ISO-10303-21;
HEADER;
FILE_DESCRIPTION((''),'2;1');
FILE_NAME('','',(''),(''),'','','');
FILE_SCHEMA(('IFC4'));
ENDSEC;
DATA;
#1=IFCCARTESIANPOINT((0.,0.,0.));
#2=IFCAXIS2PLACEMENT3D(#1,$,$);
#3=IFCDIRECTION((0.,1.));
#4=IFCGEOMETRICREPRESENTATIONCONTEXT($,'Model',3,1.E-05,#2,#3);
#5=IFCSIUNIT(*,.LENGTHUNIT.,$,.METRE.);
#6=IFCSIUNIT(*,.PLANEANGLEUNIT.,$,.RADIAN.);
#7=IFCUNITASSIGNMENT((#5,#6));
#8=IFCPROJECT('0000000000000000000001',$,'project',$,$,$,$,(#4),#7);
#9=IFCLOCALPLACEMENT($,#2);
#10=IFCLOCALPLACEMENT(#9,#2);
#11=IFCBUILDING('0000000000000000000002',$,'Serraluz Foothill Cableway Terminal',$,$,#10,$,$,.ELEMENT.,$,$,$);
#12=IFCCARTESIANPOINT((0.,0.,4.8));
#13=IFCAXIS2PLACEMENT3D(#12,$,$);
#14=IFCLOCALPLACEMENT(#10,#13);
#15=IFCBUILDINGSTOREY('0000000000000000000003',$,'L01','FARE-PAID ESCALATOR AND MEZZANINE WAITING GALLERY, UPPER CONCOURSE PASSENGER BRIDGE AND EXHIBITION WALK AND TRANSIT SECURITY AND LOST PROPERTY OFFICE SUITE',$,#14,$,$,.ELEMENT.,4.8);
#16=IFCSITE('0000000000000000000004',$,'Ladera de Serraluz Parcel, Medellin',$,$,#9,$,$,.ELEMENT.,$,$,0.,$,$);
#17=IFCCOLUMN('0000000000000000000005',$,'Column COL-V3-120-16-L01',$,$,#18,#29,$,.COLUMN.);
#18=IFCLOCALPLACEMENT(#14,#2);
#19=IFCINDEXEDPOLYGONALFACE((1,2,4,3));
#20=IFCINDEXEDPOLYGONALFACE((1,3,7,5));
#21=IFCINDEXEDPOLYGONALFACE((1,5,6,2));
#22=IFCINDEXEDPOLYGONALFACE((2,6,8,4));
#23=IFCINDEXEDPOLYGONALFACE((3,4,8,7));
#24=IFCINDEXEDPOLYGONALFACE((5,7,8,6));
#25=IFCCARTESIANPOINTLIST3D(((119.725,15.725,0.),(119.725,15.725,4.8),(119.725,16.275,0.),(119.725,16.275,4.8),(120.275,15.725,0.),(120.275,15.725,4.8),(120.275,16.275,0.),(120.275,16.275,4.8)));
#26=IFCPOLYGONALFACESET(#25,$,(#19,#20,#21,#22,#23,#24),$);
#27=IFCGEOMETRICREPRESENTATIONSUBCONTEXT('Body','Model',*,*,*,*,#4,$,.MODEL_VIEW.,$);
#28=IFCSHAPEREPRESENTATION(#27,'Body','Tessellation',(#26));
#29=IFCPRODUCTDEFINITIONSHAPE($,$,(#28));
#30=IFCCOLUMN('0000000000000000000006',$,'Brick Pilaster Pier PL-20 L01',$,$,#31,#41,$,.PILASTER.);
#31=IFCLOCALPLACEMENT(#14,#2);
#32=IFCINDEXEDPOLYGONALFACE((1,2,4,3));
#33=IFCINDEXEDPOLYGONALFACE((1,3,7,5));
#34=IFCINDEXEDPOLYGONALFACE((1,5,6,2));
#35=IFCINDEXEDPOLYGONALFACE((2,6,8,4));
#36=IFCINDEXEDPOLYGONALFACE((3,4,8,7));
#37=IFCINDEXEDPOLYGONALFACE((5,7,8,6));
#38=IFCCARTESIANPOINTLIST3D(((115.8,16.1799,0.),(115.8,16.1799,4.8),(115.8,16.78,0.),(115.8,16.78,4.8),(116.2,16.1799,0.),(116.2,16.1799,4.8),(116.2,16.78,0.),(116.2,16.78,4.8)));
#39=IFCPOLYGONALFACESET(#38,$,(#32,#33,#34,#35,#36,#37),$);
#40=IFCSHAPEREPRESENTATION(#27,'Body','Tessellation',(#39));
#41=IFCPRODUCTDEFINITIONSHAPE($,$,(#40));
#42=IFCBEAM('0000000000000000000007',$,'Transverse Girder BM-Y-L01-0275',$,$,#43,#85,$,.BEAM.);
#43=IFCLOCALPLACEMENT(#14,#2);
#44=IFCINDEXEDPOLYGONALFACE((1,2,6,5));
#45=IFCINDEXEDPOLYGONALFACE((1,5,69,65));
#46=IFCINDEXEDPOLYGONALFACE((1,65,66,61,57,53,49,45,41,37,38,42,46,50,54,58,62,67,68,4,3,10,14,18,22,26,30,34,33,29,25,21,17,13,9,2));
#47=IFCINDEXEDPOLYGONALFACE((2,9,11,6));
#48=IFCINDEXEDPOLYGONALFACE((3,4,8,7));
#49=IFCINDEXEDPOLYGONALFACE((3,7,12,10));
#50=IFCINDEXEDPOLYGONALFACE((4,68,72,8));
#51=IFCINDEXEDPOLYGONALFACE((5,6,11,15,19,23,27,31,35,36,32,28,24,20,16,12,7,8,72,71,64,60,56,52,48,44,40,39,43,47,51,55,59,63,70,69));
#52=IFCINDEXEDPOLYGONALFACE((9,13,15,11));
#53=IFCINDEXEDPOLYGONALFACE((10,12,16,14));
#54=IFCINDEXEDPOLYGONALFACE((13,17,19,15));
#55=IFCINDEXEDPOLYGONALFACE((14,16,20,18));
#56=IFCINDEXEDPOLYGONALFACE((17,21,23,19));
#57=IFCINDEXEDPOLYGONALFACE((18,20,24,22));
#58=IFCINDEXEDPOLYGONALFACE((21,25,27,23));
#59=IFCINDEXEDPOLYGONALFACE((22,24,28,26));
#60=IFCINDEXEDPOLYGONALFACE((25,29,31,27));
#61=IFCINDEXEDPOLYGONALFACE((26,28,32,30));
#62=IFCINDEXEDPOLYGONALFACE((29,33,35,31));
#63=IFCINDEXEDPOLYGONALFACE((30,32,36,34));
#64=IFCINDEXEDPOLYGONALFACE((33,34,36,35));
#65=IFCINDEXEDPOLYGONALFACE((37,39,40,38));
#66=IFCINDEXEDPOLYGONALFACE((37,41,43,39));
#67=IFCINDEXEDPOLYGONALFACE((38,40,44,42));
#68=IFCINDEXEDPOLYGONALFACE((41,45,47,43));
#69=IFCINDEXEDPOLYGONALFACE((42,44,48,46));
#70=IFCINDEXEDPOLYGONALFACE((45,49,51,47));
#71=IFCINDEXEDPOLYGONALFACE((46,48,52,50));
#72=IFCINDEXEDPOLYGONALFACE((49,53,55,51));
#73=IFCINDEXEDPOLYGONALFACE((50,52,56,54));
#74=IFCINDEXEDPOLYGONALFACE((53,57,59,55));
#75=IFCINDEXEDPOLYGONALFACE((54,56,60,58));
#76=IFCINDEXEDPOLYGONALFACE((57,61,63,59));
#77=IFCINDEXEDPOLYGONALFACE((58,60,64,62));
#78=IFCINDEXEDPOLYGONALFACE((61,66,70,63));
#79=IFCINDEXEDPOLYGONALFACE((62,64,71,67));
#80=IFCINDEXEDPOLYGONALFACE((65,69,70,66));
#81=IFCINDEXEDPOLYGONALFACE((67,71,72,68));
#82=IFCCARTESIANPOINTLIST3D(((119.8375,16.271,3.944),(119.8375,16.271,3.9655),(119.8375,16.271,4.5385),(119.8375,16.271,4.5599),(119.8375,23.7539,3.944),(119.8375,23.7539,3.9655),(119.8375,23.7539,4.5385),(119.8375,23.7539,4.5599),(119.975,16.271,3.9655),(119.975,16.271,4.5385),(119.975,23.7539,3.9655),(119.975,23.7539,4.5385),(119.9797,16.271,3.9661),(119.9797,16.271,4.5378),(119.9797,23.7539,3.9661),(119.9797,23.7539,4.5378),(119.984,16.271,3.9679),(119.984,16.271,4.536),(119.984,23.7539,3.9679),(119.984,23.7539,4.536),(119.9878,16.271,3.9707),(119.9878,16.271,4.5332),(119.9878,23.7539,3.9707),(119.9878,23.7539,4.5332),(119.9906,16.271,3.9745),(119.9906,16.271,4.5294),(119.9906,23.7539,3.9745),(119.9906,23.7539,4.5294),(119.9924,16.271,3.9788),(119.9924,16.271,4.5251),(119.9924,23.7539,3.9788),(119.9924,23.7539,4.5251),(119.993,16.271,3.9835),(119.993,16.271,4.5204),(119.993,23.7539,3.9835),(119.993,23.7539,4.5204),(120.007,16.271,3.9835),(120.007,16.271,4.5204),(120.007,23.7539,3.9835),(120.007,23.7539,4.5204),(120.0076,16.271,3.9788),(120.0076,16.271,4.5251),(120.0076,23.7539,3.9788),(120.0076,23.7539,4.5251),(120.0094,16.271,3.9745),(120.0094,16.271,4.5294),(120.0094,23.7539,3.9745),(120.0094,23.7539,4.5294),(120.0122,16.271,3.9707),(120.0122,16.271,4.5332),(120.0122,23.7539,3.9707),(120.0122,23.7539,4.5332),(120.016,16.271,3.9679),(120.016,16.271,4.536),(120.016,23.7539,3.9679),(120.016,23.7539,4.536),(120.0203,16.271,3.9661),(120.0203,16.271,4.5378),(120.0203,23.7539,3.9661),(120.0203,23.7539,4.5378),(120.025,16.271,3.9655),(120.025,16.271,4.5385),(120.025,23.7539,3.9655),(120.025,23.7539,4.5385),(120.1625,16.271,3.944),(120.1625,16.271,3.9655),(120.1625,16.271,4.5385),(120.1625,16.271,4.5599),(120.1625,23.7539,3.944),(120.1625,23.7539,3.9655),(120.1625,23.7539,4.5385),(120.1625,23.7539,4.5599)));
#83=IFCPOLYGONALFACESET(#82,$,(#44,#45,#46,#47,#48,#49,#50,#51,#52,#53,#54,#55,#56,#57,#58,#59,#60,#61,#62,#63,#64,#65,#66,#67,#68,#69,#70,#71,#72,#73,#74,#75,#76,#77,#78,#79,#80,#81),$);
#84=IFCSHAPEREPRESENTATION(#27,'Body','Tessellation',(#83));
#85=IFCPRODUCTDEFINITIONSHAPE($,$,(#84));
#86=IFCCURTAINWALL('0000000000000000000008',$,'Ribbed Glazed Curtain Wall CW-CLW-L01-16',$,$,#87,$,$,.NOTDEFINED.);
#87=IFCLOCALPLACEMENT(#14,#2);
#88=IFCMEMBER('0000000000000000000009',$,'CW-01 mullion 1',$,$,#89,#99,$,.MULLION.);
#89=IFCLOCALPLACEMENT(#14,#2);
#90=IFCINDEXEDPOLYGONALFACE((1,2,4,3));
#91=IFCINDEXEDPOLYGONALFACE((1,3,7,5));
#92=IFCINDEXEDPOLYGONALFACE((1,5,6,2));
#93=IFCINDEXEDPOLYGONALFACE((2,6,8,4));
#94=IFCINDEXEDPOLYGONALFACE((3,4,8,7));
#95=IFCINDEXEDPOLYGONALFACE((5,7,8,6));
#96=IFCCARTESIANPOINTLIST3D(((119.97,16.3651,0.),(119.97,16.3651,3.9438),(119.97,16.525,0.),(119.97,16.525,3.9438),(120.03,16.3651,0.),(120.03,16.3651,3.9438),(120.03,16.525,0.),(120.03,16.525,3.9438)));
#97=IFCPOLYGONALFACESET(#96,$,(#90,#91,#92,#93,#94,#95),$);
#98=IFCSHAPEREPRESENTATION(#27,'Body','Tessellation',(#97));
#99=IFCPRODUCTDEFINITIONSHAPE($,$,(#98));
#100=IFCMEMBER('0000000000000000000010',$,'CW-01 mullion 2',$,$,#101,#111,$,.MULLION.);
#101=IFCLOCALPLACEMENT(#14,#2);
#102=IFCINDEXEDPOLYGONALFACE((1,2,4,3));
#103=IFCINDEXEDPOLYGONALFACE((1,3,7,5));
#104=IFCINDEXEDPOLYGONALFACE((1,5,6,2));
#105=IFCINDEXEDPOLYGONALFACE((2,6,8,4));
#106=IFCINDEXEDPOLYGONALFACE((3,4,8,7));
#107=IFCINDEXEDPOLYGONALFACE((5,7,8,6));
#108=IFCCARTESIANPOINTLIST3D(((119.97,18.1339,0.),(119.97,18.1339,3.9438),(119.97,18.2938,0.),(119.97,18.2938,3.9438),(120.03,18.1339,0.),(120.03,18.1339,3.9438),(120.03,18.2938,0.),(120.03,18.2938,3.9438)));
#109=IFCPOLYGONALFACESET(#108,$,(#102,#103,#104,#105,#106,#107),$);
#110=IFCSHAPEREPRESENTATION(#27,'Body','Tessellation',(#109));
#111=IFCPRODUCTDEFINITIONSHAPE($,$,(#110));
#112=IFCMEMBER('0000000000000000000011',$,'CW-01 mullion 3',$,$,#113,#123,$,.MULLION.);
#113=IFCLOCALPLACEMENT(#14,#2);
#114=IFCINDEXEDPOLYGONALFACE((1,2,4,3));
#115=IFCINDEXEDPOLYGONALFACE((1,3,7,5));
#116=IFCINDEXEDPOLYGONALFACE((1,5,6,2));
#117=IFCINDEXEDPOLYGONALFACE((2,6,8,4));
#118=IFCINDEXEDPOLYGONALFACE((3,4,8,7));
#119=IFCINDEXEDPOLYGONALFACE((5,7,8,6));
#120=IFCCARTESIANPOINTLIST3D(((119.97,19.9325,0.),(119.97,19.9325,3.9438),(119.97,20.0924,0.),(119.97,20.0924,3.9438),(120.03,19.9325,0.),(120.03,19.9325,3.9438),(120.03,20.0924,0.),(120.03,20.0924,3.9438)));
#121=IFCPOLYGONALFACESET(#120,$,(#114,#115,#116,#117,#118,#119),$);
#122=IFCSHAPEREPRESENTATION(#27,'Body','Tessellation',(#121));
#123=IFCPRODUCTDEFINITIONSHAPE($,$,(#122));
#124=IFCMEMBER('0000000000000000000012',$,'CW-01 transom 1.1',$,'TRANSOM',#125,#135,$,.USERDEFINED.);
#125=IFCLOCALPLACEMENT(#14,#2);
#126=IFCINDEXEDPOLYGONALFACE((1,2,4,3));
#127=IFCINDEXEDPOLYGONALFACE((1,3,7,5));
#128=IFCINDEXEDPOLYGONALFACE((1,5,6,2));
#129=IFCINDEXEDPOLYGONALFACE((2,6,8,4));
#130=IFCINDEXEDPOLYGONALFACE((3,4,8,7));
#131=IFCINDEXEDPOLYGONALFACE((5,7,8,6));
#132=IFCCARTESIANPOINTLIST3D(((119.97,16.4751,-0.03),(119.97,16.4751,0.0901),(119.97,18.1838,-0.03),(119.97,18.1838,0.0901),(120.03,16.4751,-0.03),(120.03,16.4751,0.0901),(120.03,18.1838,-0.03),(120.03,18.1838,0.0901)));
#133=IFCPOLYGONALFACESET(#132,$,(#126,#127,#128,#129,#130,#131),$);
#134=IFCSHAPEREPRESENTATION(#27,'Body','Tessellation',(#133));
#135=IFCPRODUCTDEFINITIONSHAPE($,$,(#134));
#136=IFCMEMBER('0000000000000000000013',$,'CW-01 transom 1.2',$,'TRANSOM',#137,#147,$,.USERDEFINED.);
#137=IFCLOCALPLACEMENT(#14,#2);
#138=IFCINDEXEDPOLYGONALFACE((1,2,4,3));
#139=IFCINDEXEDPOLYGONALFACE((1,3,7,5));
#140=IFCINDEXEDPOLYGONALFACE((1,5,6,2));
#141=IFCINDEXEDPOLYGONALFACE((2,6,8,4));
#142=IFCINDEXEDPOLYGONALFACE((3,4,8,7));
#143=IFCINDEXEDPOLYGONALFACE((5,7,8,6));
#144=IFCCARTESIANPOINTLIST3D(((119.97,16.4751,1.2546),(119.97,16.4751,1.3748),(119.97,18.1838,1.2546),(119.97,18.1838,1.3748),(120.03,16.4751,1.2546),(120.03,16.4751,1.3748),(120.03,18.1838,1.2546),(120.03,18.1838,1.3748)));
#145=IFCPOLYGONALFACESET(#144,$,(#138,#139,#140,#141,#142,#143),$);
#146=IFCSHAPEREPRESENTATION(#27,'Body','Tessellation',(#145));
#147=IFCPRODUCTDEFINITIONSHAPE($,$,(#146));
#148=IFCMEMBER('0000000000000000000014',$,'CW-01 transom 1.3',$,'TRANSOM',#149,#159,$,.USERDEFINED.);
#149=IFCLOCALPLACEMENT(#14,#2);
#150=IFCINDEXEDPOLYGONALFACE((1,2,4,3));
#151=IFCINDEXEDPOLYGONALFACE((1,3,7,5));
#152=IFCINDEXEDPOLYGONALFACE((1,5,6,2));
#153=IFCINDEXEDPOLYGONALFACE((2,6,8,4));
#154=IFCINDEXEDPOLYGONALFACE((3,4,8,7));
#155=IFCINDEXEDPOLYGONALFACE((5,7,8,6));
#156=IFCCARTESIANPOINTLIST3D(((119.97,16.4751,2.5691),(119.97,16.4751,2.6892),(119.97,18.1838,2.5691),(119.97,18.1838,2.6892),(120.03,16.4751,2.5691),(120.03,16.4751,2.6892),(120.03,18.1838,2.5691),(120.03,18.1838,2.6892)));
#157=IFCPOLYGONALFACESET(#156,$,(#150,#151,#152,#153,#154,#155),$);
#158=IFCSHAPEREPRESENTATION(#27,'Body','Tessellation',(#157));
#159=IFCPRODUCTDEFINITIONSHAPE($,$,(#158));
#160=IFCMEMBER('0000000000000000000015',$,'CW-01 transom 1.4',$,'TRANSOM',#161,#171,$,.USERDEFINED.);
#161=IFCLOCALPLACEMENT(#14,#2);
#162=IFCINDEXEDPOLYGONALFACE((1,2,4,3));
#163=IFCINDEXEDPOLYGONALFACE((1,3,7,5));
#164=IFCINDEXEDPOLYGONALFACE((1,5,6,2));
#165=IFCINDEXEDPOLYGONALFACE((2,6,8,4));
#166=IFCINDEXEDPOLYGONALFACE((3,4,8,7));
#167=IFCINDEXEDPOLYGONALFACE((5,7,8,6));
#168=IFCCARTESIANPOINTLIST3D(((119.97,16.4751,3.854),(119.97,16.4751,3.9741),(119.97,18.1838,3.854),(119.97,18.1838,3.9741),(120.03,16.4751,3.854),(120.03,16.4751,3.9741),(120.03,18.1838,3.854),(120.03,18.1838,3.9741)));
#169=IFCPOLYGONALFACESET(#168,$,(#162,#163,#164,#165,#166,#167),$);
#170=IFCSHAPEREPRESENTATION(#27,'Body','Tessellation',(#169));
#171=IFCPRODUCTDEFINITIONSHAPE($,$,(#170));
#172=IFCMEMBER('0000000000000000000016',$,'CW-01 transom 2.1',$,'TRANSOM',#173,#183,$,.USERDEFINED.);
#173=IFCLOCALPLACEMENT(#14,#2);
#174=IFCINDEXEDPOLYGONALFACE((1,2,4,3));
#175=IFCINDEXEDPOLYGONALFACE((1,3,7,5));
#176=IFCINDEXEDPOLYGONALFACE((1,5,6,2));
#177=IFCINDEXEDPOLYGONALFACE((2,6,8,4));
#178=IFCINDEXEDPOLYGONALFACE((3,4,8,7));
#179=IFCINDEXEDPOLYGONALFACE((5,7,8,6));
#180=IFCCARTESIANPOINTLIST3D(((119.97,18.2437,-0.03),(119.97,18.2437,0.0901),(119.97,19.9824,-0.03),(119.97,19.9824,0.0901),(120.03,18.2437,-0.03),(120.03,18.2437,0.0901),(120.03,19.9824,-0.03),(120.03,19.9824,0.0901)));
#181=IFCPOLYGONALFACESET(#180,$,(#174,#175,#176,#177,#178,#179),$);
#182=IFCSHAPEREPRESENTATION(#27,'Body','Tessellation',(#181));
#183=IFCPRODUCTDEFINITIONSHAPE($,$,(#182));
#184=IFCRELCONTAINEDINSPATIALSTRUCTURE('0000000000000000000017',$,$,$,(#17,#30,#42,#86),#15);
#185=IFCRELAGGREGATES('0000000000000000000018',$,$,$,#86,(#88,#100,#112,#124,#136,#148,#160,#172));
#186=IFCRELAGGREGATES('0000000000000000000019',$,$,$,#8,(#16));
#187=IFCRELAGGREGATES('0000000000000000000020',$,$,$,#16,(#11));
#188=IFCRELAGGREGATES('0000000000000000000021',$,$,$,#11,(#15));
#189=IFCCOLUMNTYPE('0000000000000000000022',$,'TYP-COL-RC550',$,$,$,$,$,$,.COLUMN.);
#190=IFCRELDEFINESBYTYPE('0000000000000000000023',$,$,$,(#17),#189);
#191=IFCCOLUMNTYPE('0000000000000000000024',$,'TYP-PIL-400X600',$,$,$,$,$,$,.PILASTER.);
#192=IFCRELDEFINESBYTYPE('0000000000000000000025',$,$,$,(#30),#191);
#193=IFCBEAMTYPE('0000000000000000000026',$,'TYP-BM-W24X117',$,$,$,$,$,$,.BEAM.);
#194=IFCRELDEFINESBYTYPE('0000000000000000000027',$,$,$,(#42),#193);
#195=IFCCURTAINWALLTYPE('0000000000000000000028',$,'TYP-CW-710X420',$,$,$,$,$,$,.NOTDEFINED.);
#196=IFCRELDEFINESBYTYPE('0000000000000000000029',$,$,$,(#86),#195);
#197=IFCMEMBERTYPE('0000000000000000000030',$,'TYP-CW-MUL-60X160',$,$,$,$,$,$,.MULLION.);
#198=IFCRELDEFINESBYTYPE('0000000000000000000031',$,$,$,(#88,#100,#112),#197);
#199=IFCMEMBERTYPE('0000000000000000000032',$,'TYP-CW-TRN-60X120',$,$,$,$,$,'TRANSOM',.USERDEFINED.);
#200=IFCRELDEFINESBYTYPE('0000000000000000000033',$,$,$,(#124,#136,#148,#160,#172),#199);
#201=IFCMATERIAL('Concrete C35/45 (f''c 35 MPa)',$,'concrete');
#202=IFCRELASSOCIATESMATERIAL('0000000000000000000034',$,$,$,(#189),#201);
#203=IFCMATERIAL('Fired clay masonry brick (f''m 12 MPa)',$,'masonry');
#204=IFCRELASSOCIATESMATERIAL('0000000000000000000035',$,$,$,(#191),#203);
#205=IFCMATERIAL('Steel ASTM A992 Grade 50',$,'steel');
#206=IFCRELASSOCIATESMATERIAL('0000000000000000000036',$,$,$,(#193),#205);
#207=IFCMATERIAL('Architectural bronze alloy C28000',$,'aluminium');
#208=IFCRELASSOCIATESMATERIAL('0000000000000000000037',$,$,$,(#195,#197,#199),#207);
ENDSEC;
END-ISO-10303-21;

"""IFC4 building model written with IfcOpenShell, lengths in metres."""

from ifc_helpers import new_model, si_unit, direction, frame, origin, origin_2d, place, context, subcontext, project, spatial, rectangle, i_section, extrude, material, material_profile, profile_set, type_object, element, aggregate, save


model = new_model("IFC4")

# Units and contexts
model_context = context("Model", 3, precision=1e-05, world=origin(), true_north=direction((0.0, 1.0)))
body_context = subcontext(model_context, "Body", "Model", "MODEL_VIEW")
ifc_project = project(units=[si_unit("LENGTHUNIT", "METRE"), si_unit("PLANEANGLEUNIT", "RADIAN")], contexts=[model_context])

# Site, building, storey
site_placement = place(None, origin())
site = spatial("IfcSite", under=ifc_project, at=site_placement, Name="Ladera de Serraluz Parcel, Medellin", CompositionType="ELEMENT", RefElevation=0.0)
building_placement = place(site_placement, origin())
building = spatial("IfcBuilding", under=site, at=building_placement, Name="Serraluz Foothill Cableway Terminal", CompositionType="ELEMENT")
storey_placement = place(building_placement, frame((0.0, 0.0, 4.8)))
storey = spatial("IfcBuildingStorey", under=building, at=storey_placement, Name="L01", Description="FARE-PAID ESCALATOR AND MEZZANINE WAITING GALLERY, UPPER CONCOURSE PASSENGER BRIDGE AND EXHIBITION WALK AND TRANSIT SECURITY AND LOST PROPERTY OFFICE SUITE", CompositionType="ELEMENT", Elevation=4.8)

# Columns
ifc_material_1 = material(Name="Concrete C35/45 (f'c 35 MPa)", Category="concrete")
ifc_material_profile_1 = material_profile(ifc_material_1, rectangle(XDim=0.55, YDim=0.55, at=origin_2d()), Name="RC 550x550")
ifc_profile_set_1 = profile_set([ifc_material_profile_1], Name="Concrete C35/45 (f'c 35 MPa)")
column_type_1 = type_object("IfcColumnType", Name="TYP-COL-RC550", PredefinedType="COLUMN", material=ifc_profile_set_1)
column_1_placement = place(storey_placement, frame((120.0, 16.0, 0.0), z_axis=(0.0, 0.0, 1.0), x_axis=(1.0, 0.0, 0.0)))
element("IfcColumn", 1, at=column_1_placement, inside=storey, type_object=column_type_1, Name="Column COL-V3-120-16-L01", PredefinedType="COLUMN", context=body_context, shape_type="SweptSolid", body=[
    extrude(rectangle(XDim=0.55, YDim=0.55, at=origin_2d()), origin(), (0.0, 0.0, 1.0), 4.8),
])
ifc_material_2 = material(Name="Fired clay masonry brick (f'm 12 MPa)", Category="masonry")
ifc_material_profile_2 = material_profile(ifc_material_2, rectangle(XDim=0.3999, YDim=0.6001, at=origin_2d()), Name="PIL 400x600")
ifc_profile_set_2 = profile_set([ifc_material_profile_2], Name="Fired clay masonry brick (f'm 12 MPa)")
column_type_2 = type_object("IfcColumnType", Name="TYP-PIL-400X600", PredefinedType="PILASTER", material=ifc_profile_set_2)
column_2_placement = place(storey_placement, frame((116.0, 16.48, 0.0), z_axis=(0.0, 0.0, 1.0), x_axis=(1.0, 0.0, 0.0)))
element("IfcColumn", 2, at=column_2_placement, inside=storey, type_object=column_type_2, Name="Brick Pilaster Pier PL-20 L01", PredefinedType="PILASTER", context=body_context, shape_type="SweptSolid", body=[
    extrude(rectangle(XDim=0.3999, YDim=0.6001, at=origin_2d()), origin(), (0.0, 0.0, 1.0), 4.8),
])

# Beam
ifc_material_3 = material(Name="Steel ASTM A992 Grade 50", Category="steel")
ifc_material_profile_3 = material_profile(ifc_material_3, i_section(OverallWidth=0.325, OverallDepth=0.616, WebThickness=0.0139, FlangeThickness=0.0215, FilletRadius=0.0181, at=origin_2d()), Name="W24X117")
ifc_profile_set_3 = profile_set([ifc_material_profile_3], Name="Steel ASTM A992 Grade 50")
beam_type = type_object("IfcBeamType", Name="TYP-BM-W24X117", PredefinedType="BEAM", material=ifc_profile_set_3)
beam_placement = place(storey_placement, frame((120.0, 16.271, 4.252), z_axis=(0.0, 1.0, 0.0), x_axis=(-1.0, 0.0, 0.0)))
element("IfcBeam", 3, at=beam_placement, inside=storey, type_object=beam_type, Name="Transverse Girder BM-Y-L01-0275", PredefinedType="BEAM", context=body_context, shape_type="SweptSolid", body=[
    extrude(i_section(OverallWidth=0.325, OverallDepth=0.616, WebThickness=0.0139, FlangeThickness=0.0215, FilletRadius=0.0181, at=origin_2d()), origin(), (0.0, 0.0, 1.0), 7.4829),
])

# Curtain wall, members
ifc_material_4 = material(Name="Architectural bronze alloy C28000", Category="aluminium")
curtain_wall_type = type_object("IfcCurtainWallType", Name="TYP-CW-710X420", PredefinedType="NOTDEFINED", material=ifc_material_4)
curtain_wall_placement = place(storey_placement, origin())
curtain_wall = element("IfcCurtainWall", 4, at=curtain_wall_placement, inside=storey, type_object=curtain_wall_type, Name="Ribbed Glazed Curtain Wall CW-CLW-L01-16", PredefinedType="NOTDEFINED")
ifc_material_profile_4 = material_profile(ifc_material_4, rectangle(XDim=0.0601, YDim=0.1599, at=origin_2d()), Name="ALU MULLION 60x160")
ifc_profile_set_4 = profile_set([ifc_material_profile_4], Name="Architectural bronze alloy C28000")
member_type_1 = type_object("IfcMemberType", Name="TYP-CW-MUL-60X160", PredefinedType="MULLION", material=ifc_profile_set_4)
member_1_placement = place(storey_placement, frame((120.0, 16.4451, 0.0), z_axis=(0.0, 0.0, 1.0), x_axis=(-1.0, 0.0, 0.0)))
member_1 = element("IfcMember", 5, at=member_1_placement, type_object=member_type_1, Name="CW-01 mullion 1", PredefinedType="MULLION", context=body_context, shape_type="SweptSolid", body=[
    extrude(rectangle(XDim=0.0601, YDim=0.1599, at=origin_2d()), origin(), (0.0, 0.0, 1.0), 3.9438),
])
member_2_placement = place(storey_placement, frame((120.0, 18.2139, 0.0), z_axis=(0.0, 0.0, 1.0), x_axis=(-1.0, 0.0, 0.0)))
member_2 = element("IfcMember", 6, at=member_2_placement, type_object=member_type_1, Name="CW-01 mullion 2", PredefinedType="MULLION", context=body_context, shape_type="SweptSolid", body=[
    extrude(rectangle(XDim=0.0601, YDim=0.1599, at=origin_2d()), origin(), (0.0, 0.0, 1.0), 3.9438),
])
member_3_placement = place(storey_placement, frame((120.0, 20.0125, 0.0), z_axis=(0.0, 0.0, 1.0), x_axis=(-1.0, 0.0, 0.0)))
member_3 = element("IfcMember", 7, at=member_3_placement, type_object=member_type_1, Name="CW-01 mullion 3", PredefinedType="MULLION", context=body_context, shape_type="SweptSolid", body=[
    extrude(rectangle(XDim=0.0601, YDim=0.1599, at=origin_2d()), origin(), (0.0, 0.0, 1.0), 3.9438),
])
ifc_material_profile_5 = material_profile(ifc_material_4, rectangle(XDim=0.0601, YDim=0.1201, at=origin_2d()), Name="ALU TRANSOM 60x120")
ifc_profile_set_5 = profile_set([ifc_material_profile_5], Name="Architectural bronze alloy C28000")
member_type_2 = type_object("IfcMemberType", Name="TYP-CW-TRN-60X120", ElementType="TRANSOM", PredefinedType="USERDEFINED", material=ifc_profile_set_5)
member_4_placement = place(storey_placement, frame((120.0, 16.4751, 0.03), z_axis=(0.0, 1.0, 0.0), x_axis=(-1.0, 0.0, 0.0)))
member_4 = element("IfcMember", 8, at=member_4_placement, type_object=member_type_2, Name="CW-01 transom 1.1", ObjectType="TRANSOM", PredefinedType="USERDEFINED", context=body_context, shape_type="SweptSolid", body=[
    extrude(rectangle(XDim=0.0601, YDim=0.1201, at=origin_2d()), origin(), (0.0, 0.0, 1.0), 1.7087),
])
member_5_placement = place(storey_placement, frame((120.0, 16.4751, 1.3147), z_axis=(0.0, 1.0, 0.0), x_axis=(-1.0, 0.0, 0.0)))
member_5 = element("IfcMember", 9, at=member_5_placement, type_object=member_type_2, Name="CW-01 transom 1.2", ObjectType="TRANSOM", PredefinedType="USERDEFINED", context=body_context, shape_type="SweptSolid", body=[
    extrude(rectangle(XDim=0.0601, YDim=0.1201, at=origin_2d()), origin(), (0.0, 0.0, 1.0), 1.7087),
])
member_6_placement = place(storey_placement, frame((120.0, 16.4751, 2.6292), z_axis=(0.0, 1.0, 0.0), x_axis=(-1.0, 0.0, 0.0)))
member_6 = element("IfcMember", 10, at=member_6_placement, type_object=member_type_2, Name="CW-01 transom 1.3", ObjectType="TRANSOM", PredefinedType="USERDEFINED", context=body_context, shape_type="SweptSolid", body=[
    extrude(rectangle(XDim=0.0601, YDim=0.1201, at=origin_2d()), origin(), (0.0, 0.0, 1.0), 1.7087),
])
member_7_placement = place(storey_placement, frame((120.0, 16.4751, 3.9141), z_axis=(0.0, 1.0, 0.0), x_axis=(-1.0, 0.0, 0.0)))
member_7 = element("IfcMember", 11, at=member_7_placement, type_object=member_type_2, Name="CW-01 transom 1.4", ObjectType="TRANSOM", PredefinedType="USERDEFINED", context=body_context, shape_type="SweptSolid", body=[
    extrude(rectangle(XDim=0.0601, YDim=0.1201, at=origin_2d()), origin(), (0.0, 0.0, 1.0), 1.7087),
])
member_8_placement = place(storey_placement, frame((120.0, 18.2437, 0.03), z_axis=(0.0, 1.0, 0.0), x_axis=(-1.0, 0.0, 0.0)))
member_8 = element("IfcMember", 12, at=member_8_placement, type_object=member_type_2, Name="CW-01 transom 2.1", ObjectType="TRANSOM", PredefinedType="USERDEFINED", context=body_context, shape_type="SweptSolid", body=[
    extrude(rectangle(XDim=0.0601, YDim=0.1201, at=origin_2d()), origin(), (0.0, 0.0, 1.0), 1.7388),
])
aggregate(curtain_wall, [member_1, member_2, member_3, member_4, member_5, member_6, member_7, member_8])

save(model, "model.ifc")
